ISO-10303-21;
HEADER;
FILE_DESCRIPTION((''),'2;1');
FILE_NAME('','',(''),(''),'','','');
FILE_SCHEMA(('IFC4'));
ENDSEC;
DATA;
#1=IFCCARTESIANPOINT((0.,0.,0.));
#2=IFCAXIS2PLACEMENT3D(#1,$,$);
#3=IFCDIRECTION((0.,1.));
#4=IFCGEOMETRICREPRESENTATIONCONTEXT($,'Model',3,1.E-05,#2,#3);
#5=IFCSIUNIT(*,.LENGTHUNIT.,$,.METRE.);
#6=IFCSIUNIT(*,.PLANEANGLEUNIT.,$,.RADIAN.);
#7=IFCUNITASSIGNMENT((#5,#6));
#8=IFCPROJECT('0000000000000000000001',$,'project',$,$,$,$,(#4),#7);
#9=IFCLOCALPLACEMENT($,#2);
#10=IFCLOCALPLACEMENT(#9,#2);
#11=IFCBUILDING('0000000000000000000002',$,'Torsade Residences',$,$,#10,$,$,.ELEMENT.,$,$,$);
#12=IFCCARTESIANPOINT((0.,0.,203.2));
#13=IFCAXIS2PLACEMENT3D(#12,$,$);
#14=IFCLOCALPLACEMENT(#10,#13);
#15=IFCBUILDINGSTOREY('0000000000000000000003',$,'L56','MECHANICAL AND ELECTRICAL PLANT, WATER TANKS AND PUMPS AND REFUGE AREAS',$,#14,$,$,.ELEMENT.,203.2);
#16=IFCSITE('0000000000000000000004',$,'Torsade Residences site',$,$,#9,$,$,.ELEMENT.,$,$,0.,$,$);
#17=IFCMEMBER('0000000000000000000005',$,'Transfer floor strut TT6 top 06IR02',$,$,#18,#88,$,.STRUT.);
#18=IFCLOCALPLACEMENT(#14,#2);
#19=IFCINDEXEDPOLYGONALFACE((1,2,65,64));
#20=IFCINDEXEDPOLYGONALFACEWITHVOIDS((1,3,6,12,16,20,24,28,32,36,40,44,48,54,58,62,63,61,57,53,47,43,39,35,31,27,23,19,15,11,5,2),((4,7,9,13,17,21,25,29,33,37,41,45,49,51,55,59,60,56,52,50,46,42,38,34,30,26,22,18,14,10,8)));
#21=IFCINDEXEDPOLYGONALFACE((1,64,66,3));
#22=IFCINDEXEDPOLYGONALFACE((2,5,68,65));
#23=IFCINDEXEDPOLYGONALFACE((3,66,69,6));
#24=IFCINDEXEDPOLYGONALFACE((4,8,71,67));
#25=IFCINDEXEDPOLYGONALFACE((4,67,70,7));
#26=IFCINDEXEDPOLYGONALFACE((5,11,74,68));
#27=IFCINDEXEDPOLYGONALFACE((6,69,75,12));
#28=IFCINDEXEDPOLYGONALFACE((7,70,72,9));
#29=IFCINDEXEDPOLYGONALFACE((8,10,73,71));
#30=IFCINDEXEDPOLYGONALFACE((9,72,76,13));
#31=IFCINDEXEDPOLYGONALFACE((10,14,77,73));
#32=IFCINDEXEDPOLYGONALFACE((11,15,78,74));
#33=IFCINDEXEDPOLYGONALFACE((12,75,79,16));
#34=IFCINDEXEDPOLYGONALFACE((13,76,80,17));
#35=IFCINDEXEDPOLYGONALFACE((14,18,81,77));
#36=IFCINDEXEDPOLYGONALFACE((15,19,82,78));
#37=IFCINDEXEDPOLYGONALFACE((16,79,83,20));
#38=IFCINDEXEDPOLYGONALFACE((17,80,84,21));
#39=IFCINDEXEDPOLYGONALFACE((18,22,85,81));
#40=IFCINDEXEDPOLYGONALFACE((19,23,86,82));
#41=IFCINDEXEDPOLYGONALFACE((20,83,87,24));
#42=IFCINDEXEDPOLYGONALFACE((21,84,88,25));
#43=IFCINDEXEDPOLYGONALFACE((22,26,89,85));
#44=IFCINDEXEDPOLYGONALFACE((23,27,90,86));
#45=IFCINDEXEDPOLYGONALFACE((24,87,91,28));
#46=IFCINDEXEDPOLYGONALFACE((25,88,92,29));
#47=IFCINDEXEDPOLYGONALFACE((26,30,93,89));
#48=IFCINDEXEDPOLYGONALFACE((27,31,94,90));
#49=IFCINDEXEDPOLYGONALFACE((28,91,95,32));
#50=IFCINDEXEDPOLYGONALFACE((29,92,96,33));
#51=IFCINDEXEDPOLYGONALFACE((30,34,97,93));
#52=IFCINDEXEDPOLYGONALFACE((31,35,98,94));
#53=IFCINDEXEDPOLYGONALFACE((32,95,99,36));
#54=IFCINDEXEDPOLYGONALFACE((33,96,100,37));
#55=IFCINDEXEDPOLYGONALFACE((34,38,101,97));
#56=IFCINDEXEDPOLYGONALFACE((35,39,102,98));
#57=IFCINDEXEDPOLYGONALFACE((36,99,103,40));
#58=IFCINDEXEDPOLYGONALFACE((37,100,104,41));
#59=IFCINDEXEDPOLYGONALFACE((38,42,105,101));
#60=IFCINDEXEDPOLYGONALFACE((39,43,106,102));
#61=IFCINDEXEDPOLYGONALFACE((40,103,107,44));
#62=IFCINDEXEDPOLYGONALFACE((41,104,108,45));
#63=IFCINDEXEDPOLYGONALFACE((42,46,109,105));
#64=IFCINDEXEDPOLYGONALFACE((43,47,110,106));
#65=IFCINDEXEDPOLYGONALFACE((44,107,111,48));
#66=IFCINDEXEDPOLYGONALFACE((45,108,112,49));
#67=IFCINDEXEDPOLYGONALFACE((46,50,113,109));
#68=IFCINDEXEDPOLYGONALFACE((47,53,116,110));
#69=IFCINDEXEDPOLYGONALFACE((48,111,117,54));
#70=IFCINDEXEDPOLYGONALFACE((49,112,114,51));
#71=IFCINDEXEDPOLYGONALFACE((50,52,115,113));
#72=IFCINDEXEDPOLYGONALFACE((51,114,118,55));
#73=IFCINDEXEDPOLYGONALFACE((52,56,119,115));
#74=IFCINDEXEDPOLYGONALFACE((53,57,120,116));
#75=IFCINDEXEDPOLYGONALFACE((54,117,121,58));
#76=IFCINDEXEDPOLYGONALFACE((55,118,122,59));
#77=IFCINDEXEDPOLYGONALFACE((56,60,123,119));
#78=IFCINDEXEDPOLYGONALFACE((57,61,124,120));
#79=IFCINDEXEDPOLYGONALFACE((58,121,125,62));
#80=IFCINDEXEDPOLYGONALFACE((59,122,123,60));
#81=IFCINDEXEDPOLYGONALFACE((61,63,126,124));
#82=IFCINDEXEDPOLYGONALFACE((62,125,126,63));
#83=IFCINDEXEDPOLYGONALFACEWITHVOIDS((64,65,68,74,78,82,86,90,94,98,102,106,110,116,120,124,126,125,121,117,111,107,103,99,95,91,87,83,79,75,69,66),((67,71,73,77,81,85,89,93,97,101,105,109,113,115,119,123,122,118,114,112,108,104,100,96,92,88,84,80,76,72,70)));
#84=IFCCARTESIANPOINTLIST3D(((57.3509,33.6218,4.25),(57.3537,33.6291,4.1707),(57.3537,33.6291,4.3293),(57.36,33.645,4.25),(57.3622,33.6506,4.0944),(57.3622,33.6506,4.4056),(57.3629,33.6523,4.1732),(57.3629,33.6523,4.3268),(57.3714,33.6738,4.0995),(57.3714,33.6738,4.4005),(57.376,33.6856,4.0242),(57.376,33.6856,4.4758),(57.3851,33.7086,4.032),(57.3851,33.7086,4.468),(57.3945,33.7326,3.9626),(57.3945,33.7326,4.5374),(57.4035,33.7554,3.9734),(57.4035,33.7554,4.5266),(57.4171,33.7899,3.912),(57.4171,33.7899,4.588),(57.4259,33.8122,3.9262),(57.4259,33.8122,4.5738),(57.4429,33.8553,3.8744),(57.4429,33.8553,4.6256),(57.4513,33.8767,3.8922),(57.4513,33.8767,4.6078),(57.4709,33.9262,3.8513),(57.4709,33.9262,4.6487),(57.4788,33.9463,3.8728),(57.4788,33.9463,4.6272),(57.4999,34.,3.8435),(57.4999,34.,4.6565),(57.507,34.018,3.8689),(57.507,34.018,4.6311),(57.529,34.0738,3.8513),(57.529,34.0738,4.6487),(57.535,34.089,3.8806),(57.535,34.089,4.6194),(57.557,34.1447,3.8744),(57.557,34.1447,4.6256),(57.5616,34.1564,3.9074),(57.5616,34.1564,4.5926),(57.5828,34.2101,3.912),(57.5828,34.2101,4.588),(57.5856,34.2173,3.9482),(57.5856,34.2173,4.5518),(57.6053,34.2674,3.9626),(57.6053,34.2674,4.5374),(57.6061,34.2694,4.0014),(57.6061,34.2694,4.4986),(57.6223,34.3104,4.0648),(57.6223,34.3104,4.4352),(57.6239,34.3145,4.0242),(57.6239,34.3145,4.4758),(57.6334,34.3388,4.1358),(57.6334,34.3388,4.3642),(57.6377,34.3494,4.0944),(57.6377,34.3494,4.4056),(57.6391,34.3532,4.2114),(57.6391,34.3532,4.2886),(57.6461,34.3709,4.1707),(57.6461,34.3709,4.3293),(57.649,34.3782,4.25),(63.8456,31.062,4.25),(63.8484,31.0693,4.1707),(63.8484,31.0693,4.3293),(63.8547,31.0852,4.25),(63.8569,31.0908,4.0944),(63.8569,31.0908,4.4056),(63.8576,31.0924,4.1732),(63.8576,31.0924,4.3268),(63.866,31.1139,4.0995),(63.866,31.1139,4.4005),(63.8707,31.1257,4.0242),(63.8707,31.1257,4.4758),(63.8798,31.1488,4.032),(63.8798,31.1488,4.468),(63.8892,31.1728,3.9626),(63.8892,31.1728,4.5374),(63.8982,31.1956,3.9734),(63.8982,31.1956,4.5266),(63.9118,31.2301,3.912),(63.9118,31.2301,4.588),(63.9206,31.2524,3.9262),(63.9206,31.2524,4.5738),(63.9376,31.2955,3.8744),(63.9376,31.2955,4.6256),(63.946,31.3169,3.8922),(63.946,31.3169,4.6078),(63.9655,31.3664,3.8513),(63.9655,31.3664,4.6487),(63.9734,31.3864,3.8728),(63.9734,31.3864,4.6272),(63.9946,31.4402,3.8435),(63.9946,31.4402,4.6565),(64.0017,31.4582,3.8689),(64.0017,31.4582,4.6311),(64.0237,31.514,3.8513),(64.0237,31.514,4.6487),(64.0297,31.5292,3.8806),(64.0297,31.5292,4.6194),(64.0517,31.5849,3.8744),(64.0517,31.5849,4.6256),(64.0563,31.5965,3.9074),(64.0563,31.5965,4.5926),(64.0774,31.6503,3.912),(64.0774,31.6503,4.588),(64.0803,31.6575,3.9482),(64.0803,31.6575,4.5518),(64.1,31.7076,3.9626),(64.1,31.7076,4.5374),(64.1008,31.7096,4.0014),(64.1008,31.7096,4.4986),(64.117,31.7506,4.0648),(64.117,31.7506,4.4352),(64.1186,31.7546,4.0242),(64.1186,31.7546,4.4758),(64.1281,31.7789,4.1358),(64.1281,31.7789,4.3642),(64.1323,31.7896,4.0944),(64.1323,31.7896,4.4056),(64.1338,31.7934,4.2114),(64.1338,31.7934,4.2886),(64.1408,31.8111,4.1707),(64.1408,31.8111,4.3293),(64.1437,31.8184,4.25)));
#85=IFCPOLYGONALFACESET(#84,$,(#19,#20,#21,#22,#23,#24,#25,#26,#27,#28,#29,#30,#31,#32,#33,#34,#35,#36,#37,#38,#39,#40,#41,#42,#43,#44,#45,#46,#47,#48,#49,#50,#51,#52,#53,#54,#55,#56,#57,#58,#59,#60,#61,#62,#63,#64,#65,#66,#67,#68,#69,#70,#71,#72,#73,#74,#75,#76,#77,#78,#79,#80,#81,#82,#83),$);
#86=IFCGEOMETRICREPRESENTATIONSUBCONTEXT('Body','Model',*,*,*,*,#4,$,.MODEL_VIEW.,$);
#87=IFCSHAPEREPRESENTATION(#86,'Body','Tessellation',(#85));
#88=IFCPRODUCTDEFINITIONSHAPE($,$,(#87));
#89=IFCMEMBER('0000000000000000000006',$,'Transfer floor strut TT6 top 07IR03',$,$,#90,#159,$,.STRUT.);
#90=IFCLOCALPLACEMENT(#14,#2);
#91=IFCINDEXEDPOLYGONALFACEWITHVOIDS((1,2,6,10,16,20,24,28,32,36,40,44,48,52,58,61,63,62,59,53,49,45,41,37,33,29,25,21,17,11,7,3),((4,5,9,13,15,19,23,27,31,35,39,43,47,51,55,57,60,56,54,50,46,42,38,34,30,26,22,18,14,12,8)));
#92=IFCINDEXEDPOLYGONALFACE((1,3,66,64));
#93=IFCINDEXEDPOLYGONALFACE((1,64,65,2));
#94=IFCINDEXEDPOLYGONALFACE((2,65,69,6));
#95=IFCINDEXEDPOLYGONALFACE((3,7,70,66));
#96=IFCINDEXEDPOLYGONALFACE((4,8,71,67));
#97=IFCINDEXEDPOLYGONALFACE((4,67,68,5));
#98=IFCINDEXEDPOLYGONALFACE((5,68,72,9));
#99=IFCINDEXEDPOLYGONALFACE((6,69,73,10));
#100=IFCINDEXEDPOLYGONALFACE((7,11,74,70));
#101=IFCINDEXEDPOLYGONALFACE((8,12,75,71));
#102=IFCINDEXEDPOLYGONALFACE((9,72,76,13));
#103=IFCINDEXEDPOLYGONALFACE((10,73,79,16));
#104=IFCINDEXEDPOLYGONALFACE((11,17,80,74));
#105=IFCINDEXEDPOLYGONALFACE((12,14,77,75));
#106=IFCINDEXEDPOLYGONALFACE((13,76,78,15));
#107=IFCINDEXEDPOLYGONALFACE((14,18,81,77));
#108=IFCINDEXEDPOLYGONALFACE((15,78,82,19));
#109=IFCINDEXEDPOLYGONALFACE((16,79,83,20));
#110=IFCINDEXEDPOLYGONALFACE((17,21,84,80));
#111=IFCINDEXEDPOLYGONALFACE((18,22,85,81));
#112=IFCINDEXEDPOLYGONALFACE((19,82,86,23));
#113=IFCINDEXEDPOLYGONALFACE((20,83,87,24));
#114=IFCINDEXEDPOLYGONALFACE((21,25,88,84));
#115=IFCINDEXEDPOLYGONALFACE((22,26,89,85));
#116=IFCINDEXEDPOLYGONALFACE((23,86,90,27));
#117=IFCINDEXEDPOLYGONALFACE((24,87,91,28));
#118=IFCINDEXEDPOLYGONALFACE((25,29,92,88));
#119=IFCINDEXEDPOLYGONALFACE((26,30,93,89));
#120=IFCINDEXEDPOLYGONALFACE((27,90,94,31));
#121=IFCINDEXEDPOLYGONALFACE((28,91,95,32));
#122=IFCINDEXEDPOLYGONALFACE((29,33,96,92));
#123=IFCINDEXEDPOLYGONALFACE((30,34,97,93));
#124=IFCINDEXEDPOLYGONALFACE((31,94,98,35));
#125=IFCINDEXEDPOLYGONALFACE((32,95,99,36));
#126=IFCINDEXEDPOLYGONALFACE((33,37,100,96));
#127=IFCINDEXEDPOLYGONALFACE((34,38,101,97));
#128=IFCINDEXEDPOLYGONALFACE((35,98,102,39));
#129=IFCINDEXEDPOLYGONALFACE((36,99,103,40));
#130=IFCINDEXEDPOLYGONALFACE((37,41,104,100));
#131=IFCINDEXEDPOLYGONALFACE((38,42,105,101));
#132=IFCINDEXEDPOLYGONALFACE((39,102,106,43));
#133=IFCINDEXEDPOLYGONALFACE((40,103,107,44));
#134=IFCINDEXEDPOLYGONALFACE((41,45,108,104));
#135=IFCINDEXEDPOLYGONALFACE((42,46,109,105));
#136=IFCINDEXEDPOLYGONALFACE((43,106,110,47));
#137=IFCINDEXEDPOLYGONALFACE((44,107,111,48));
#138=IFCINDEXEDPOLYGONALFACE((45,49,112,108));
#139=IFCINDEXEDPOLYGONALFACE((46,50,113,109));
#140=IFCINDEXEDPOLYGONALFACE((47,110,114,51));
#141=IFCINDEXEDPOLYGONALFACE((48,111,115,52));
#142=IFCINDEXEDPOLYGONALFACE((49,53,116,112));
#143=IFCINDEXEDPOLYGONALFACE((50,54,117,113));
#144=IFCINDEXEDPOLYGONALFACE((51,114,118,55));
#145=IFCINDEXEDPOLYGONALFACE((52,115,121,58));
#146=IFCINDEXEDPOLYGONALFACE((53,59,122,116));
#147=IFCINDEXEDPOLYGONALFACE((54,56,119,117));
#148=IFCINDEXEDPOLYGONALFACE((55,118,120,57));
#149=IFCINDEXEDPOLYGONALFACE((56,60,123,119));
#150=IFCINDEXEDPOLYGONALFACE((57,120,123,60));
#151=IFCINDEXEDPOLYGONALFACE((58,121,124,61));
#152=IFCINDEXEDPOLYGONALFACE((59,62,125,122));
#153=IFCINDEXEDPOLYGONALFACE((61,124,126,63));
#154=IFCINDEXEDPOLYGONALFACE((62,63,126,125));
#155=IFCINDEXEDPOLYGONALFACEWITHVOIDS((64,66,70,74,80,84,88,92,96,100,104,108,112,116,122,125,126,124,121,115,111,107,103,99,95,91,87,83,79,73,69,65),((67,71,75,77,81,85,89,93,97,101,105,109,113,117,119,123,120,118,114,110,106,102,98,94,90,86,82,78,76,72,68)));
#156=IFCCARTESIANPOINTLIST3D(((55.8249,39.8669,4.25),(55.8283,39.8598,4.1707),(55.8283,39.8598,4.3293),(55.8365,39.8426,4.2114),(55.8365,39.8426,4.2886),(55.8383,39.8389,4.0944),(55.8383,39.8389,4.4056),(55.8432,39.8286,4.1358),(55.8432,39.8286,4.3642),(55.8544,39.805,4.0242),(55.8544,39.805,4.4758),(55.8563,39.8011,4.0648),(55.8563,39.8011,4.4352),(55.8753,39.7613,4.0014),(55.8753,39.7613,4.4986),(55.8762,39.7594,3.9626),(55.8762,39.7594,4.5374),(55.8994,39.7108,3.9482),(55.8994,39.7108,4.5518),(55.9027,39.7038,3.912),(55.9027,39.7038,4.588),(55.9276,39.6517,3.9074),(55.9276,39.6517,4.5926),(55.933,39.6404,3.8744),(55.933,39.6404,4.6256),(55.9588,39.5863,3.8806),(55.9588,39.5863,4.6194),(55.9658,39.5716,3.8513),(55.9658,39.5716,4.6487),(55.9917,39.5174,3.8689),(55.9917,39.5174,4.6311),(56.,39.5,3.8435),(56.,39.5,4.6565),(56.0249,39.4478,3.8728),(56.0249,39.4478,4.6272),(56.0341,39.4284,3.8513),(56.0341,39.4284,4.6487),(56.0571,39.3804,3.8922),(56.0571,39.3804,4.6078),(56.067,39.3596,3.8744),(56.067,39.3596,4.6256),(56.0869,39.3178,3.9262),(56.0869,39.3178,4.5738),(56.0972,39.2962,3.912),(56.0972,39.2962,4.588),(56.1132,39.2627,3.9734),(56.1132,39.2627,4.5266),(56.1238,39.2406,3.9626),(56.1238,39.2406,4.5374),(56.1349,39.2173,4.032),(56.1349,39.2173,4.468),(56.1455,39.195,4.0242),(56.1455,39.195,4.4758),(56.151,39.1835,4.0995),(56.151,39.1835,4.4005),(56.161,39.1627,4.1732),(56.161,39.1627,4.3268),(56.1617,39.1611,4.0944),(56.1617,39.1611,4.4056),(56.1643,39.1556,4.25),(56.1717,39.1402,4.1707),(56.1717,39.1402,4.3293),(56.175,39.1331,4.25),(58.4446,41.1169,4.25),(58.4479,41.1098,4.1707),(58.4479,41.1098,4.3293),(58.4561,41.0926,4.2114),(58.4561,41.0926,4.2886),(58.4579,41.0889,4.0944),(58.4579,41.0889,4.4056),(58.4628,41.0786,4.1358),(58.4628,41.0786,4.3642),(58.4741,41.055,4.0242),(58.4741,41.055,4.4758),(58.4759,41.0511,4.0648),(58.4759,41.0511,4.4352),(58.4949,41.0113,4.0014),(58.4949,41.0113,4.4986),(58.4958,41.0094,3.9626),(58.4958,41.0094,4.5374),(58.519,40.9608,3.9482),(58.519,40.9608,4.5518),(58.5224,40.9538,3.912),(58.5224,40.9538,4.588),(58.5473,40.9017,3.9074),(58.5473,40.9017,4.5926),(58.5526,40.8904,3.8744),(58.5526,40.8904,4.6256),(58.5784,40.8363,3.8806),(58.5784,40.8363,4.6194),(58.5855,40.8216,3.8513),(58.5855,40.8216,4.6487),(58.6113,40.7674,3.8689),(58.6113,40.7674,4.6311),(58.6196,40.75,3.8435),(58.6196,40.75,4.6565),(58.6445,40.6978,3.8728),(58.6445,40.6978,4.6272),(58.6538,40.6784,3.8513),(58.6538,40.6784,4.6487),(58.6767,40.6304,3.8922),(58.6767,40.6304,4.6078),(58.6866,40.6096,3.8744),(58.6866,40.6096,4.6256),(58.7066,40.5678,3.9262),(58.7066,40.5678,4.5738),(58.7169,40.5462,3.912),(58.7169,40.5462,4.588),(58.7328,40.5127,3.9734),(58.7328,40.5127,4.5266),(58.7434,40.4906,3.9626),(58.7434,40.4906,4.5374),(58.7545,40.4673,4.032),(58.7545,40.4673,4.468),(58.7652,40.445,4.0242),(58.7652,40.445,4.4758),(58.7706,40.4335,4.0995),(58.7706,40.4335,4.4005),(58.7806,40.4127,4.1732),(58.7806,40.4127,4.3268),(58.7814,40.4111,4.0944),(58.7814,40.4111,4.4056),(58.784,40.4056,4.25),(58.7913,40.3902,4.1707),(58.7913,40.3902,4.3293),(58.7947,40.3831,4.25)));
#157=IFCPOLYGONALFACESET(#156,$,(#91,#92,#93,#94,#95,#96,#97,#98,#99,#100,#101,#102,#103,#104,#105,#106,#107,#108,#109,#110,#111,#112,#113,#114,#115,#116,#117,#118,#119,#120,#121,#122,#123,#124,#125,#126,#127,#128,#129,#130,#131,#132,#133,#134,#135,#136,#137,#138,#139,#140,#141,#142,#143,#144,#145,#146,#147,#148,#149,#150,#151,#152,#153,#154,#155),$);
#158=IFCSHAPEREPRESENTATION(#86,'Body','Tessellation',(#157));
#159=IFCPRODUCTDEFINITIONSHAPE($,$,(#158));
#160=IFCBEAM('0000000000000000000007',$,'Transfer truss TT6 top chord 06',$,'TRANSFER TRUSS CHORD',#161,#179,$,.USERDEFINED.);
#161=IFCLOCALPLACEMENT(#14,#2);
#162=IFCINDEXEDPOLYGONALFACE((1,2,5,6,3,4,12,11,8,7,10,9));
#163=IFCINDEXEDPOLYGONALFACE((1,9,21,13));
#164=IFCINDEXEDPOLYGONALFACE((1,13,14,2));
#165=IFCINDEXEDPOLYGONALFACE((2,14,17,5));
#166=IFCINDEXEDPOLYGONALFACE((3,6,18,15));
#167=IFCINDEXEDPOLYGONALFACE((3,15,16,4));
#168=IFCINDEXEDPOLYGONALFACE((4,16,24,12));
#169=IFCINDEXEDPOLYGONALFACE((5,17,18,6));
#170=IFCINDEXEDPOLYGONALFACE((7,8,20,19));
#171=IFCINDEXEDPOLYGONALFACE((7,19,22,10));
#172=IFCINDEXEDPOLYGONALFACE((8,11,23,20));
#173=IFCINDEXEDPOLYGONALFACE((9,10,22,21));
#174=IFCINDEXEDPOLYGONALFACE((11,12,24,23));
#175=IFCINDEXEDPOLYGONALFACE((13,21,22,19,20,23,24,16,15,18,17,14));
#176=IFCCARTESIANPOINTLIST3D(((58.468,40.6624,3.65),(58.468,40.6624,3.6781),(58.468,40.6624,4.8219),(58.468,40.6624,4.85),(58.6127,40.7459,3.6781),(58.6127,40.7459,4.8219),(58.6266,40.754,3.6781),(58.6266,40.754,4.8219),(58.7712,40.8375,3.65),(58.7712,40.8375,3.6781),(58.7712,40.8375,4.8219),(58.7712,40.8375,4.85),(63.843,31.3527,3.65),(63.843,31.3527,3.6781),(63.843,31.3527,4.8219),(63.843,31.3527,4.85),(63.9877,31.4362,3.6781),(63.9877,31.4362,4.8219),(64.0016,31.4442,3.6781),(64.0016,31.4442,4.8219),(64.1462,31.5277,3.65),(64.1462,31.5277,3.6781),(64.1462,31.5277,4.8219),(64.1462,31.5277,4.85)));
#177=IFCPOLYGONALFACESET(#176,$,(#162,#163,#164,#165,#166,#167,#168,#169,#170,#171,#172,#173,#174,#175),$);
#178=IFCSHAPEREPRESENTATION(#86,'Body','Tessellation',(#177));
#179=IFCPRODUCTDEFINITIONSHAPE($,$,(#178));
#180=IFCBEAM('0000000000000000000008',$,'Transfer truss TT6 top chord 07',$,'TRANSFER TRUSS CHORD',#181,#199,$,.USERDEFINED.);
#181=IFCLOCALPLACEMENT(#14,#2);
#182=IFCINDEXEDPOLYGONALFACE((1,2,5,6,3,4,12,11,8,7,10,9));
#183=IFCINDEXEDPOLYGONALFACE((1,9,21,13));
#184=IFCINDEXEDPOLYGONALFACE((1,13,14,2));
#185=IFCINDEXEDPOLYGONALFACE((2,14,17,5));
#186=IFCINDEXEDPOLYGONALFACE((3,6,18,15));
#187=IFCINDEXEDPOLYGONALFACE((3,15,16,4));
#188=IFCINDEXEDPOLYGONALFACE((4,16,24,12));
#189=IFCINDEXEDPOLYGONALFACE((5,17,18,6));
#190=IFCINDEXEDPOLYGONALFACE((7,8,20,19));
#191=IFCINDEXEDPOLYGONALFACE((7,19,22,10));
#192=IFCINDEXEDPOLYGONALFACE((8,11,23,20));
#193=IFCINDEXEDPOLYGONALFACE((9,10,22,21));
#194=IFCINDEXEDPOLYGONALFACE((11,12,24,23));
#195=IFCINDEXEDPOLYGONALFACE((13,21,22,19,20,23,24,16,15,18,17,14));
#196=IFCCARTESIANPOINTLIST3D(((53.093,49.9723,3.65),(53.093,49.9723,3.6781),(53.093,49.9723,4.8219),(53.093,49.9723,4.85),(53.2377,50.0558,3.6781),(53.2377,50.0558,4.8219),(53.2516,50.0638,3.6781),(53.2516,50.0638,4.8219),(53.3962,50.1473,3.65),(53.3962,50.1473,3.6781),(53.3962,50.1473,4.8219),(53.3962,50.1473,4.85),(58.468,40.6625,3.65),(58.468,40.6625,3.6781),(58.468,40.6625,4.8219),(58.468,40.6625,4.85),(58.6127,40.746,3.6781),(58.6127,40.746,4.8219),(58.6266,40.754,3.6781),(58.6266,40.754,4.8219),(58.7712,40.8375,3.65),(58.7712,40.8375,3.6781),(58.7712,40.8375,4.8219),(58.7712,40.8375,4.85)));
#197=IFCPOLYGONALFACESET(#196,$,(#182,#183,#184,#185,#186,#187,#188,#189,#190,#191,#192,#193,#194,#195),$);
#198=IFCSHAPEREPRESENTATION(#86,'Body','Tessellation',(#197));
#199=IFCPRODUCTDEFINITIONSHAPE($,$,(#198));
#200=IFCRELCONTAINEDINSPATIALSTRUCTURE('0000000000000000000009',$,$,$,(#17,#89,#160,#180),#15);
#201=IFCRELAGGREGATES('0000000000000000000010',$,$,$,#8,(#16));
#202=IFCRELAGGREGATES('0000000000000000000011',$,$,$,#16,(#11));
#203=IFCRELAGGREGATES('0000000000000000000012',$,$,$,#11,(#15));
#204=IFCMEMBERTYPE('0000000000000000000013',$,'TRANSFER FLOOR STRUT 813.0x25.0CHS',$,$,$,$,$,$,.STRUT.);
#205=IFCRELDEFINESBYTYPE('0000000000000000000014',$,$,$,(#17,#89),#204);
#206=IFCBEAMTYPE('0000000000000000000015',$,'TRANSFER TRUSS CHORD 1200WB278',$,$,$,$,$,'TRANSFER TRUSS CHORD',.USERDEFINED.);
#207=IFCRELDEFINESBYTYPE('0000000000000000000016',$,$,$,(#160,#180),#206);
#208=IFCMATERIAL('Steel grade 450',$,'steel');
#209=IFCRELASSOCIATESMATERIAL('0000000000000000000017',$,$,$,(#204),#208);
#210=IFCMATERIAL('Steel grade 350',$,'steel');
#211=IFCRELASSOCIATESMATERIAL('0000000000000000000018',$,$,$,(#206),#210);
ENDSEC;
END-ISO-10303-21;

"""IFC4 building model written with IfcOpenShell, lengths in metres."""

from ifc_helpers import new_model, si_unit, direction, frame, origin, origin_2d, place, context, subcontext, project, spatial, hollow_circle, i_section, extrude, material, material_profile, profile_set, type_object, element, save


model = new_model("IFC4")

# Units and contexts
model_context = context("Model", 3, precision=1e-05, world=origin(), true_north=direction((0.0, 1.0)))
body_context = subcontext(model_context, "Body", "Model", "MODEL_VIEW")
ifc_project = project(units=[si_unit("LENGTHUNIT", "METRE"), si_unit("PLANEANGLEUNIT", "RADIAN")], contexts=[model_context])

# Site, building, storey
site_placement = place(None, origin())
site = spatial("IfcSite", under=ifc_project, at=site_placement, Name="Torsade Residences site", CompositionType="ELEMENT", RefElevation=0.0)
building_placement = place(site_placement, origin())
building = spatial("IfcBuilding", under=site, at=building_placement, Name="Torsade Residences", CompositionType="ELEMENT")
storey_placement = place(building_placement, frame((0.0, 0.0, 203.2)))
storey = spatial("IfcBuildingStorey", under=building, at=storey_placement, Name="L56", Description="MECHANICAL AND ELECTRICAL PLANT, WATER TANKS AND PUMPS AND REFUGE AREAS", CompositionType="ELEMENT", Elevation=203.2)

# Members
ifc_material_1 = material(Name="Steel grade 450", Category="steel")
ifc_material_profile_1 = material_profile(ifc_material_1, hollow_circle(Radius=0.4065, WallThickness=0.0249, at=origin_2d()), Name="813.0x25.0CHS")
ifc_profile_set_1 = profile_set([ifc_material_profile_1], Name="Steel grade 450")
member_type_1 = type_object("IfcMemberType", Name="TRANSFER FLOOR STRUT 813.0x25.0CHS", PredefinedType="STRUT", material=ifc_profile_set_1)
member_1_placement = place(storey_placement, frame((63.9946, 31.4402, 4.25), z_axis=(-0.930344, 0.366689, 0.0), x_axis=(-0.366689, -0.930344, 0.0)))
element("IfcMember", 1, at=member_1_placement, inside=storey, type_object=member_type_1, Name="Transfer floor strut TT6 top 06IR02", PredefinedType="STRUT", context=body_context, shape_type="SweptSolid", body=[
    extrude(hollow_circle(Radius=0.4065, WallThickness=0.0249, at=origin_2d()), origin(), (0.0, 0.0, 1.0), 6.981),
])
member_2_placement = place(storey_placement, frame((58.6196, 40.75, 4.25), z_axis=(-0.902518, -0.430652, 0.0), x_axis=(0.430652, -0.902518, 0.0)))
element("IfcMember", 2, at=member_2_placement, inside=storey, type_object=member_type_1, Name="Transfer floor strut TT6 top 07IR03", PredefinedType="STRUT", context=body_context, shape_type="SweptSolid", body=[
    extrude(hollow_circle(Radius=0.4065, WallThickness=0.0249, at=origin_2d()), origin(), (0.0, 0.0, 1.0), 2.9026),
])

# Beams
ifc_material_2 = material(Name="Steel grade 350", Category="steel")
ifc_material_profile_2 = material_profile(ifc_material_2, i_section(OverallWidth=0.3501, OverallDepth=1.2, WebThickness=0.0161, FlangeThickness=0.0281, at=origin_2d()), Name="1200WB278")
ifc_profile_set_2 = profile_set([ifc_material_profile_2], Name="Steel grade 350")
beam_type_1 = type_object("IfcBeamType", Name="TRANSFER TRUSS CHORD 1200WB278", ElementType="TRANSFER TRUSS CHORD", PredefinedType="USERDEFINED", material=ifc_profile_set_2)
for number, where, z_axis, x_axis, name in (
    (3, (63.9946, 31.4402, 4.25), (-0.499998, 0.866026, 0.0), (-0.866026, -0.499998, 0.0), "Transfer truss TT6 top chord 06"),
    (4, (58.6196, 40.75, 4.25), (-0.499998, 0.866026, 0.0), (-0.866026, -0.499998, 0.0), "Transfer truss TT6 top chord 07"),
):
    element("IfcBeam", number, at=place(storey_placement, frame(where, z_axis=z_axis, x_axis=x_axis)), inside=storey, type_object=beam_type_1, Name=name, ObjectType="TRANSFER TRUSS CHORD", PredefinedType="USERDEFINED", context=body_context, shape_type="SweptSolid", body=[
        extrude(i_section(OverallWidth=0.3501, OverallDepth=1.2, WebThickness=0.0161, FlangeThickness=0.0281, at=origin_2d()), origin(), (0.0, 0.0, 1.0), 10.75),
    ])

save(model, "model.ifc")
